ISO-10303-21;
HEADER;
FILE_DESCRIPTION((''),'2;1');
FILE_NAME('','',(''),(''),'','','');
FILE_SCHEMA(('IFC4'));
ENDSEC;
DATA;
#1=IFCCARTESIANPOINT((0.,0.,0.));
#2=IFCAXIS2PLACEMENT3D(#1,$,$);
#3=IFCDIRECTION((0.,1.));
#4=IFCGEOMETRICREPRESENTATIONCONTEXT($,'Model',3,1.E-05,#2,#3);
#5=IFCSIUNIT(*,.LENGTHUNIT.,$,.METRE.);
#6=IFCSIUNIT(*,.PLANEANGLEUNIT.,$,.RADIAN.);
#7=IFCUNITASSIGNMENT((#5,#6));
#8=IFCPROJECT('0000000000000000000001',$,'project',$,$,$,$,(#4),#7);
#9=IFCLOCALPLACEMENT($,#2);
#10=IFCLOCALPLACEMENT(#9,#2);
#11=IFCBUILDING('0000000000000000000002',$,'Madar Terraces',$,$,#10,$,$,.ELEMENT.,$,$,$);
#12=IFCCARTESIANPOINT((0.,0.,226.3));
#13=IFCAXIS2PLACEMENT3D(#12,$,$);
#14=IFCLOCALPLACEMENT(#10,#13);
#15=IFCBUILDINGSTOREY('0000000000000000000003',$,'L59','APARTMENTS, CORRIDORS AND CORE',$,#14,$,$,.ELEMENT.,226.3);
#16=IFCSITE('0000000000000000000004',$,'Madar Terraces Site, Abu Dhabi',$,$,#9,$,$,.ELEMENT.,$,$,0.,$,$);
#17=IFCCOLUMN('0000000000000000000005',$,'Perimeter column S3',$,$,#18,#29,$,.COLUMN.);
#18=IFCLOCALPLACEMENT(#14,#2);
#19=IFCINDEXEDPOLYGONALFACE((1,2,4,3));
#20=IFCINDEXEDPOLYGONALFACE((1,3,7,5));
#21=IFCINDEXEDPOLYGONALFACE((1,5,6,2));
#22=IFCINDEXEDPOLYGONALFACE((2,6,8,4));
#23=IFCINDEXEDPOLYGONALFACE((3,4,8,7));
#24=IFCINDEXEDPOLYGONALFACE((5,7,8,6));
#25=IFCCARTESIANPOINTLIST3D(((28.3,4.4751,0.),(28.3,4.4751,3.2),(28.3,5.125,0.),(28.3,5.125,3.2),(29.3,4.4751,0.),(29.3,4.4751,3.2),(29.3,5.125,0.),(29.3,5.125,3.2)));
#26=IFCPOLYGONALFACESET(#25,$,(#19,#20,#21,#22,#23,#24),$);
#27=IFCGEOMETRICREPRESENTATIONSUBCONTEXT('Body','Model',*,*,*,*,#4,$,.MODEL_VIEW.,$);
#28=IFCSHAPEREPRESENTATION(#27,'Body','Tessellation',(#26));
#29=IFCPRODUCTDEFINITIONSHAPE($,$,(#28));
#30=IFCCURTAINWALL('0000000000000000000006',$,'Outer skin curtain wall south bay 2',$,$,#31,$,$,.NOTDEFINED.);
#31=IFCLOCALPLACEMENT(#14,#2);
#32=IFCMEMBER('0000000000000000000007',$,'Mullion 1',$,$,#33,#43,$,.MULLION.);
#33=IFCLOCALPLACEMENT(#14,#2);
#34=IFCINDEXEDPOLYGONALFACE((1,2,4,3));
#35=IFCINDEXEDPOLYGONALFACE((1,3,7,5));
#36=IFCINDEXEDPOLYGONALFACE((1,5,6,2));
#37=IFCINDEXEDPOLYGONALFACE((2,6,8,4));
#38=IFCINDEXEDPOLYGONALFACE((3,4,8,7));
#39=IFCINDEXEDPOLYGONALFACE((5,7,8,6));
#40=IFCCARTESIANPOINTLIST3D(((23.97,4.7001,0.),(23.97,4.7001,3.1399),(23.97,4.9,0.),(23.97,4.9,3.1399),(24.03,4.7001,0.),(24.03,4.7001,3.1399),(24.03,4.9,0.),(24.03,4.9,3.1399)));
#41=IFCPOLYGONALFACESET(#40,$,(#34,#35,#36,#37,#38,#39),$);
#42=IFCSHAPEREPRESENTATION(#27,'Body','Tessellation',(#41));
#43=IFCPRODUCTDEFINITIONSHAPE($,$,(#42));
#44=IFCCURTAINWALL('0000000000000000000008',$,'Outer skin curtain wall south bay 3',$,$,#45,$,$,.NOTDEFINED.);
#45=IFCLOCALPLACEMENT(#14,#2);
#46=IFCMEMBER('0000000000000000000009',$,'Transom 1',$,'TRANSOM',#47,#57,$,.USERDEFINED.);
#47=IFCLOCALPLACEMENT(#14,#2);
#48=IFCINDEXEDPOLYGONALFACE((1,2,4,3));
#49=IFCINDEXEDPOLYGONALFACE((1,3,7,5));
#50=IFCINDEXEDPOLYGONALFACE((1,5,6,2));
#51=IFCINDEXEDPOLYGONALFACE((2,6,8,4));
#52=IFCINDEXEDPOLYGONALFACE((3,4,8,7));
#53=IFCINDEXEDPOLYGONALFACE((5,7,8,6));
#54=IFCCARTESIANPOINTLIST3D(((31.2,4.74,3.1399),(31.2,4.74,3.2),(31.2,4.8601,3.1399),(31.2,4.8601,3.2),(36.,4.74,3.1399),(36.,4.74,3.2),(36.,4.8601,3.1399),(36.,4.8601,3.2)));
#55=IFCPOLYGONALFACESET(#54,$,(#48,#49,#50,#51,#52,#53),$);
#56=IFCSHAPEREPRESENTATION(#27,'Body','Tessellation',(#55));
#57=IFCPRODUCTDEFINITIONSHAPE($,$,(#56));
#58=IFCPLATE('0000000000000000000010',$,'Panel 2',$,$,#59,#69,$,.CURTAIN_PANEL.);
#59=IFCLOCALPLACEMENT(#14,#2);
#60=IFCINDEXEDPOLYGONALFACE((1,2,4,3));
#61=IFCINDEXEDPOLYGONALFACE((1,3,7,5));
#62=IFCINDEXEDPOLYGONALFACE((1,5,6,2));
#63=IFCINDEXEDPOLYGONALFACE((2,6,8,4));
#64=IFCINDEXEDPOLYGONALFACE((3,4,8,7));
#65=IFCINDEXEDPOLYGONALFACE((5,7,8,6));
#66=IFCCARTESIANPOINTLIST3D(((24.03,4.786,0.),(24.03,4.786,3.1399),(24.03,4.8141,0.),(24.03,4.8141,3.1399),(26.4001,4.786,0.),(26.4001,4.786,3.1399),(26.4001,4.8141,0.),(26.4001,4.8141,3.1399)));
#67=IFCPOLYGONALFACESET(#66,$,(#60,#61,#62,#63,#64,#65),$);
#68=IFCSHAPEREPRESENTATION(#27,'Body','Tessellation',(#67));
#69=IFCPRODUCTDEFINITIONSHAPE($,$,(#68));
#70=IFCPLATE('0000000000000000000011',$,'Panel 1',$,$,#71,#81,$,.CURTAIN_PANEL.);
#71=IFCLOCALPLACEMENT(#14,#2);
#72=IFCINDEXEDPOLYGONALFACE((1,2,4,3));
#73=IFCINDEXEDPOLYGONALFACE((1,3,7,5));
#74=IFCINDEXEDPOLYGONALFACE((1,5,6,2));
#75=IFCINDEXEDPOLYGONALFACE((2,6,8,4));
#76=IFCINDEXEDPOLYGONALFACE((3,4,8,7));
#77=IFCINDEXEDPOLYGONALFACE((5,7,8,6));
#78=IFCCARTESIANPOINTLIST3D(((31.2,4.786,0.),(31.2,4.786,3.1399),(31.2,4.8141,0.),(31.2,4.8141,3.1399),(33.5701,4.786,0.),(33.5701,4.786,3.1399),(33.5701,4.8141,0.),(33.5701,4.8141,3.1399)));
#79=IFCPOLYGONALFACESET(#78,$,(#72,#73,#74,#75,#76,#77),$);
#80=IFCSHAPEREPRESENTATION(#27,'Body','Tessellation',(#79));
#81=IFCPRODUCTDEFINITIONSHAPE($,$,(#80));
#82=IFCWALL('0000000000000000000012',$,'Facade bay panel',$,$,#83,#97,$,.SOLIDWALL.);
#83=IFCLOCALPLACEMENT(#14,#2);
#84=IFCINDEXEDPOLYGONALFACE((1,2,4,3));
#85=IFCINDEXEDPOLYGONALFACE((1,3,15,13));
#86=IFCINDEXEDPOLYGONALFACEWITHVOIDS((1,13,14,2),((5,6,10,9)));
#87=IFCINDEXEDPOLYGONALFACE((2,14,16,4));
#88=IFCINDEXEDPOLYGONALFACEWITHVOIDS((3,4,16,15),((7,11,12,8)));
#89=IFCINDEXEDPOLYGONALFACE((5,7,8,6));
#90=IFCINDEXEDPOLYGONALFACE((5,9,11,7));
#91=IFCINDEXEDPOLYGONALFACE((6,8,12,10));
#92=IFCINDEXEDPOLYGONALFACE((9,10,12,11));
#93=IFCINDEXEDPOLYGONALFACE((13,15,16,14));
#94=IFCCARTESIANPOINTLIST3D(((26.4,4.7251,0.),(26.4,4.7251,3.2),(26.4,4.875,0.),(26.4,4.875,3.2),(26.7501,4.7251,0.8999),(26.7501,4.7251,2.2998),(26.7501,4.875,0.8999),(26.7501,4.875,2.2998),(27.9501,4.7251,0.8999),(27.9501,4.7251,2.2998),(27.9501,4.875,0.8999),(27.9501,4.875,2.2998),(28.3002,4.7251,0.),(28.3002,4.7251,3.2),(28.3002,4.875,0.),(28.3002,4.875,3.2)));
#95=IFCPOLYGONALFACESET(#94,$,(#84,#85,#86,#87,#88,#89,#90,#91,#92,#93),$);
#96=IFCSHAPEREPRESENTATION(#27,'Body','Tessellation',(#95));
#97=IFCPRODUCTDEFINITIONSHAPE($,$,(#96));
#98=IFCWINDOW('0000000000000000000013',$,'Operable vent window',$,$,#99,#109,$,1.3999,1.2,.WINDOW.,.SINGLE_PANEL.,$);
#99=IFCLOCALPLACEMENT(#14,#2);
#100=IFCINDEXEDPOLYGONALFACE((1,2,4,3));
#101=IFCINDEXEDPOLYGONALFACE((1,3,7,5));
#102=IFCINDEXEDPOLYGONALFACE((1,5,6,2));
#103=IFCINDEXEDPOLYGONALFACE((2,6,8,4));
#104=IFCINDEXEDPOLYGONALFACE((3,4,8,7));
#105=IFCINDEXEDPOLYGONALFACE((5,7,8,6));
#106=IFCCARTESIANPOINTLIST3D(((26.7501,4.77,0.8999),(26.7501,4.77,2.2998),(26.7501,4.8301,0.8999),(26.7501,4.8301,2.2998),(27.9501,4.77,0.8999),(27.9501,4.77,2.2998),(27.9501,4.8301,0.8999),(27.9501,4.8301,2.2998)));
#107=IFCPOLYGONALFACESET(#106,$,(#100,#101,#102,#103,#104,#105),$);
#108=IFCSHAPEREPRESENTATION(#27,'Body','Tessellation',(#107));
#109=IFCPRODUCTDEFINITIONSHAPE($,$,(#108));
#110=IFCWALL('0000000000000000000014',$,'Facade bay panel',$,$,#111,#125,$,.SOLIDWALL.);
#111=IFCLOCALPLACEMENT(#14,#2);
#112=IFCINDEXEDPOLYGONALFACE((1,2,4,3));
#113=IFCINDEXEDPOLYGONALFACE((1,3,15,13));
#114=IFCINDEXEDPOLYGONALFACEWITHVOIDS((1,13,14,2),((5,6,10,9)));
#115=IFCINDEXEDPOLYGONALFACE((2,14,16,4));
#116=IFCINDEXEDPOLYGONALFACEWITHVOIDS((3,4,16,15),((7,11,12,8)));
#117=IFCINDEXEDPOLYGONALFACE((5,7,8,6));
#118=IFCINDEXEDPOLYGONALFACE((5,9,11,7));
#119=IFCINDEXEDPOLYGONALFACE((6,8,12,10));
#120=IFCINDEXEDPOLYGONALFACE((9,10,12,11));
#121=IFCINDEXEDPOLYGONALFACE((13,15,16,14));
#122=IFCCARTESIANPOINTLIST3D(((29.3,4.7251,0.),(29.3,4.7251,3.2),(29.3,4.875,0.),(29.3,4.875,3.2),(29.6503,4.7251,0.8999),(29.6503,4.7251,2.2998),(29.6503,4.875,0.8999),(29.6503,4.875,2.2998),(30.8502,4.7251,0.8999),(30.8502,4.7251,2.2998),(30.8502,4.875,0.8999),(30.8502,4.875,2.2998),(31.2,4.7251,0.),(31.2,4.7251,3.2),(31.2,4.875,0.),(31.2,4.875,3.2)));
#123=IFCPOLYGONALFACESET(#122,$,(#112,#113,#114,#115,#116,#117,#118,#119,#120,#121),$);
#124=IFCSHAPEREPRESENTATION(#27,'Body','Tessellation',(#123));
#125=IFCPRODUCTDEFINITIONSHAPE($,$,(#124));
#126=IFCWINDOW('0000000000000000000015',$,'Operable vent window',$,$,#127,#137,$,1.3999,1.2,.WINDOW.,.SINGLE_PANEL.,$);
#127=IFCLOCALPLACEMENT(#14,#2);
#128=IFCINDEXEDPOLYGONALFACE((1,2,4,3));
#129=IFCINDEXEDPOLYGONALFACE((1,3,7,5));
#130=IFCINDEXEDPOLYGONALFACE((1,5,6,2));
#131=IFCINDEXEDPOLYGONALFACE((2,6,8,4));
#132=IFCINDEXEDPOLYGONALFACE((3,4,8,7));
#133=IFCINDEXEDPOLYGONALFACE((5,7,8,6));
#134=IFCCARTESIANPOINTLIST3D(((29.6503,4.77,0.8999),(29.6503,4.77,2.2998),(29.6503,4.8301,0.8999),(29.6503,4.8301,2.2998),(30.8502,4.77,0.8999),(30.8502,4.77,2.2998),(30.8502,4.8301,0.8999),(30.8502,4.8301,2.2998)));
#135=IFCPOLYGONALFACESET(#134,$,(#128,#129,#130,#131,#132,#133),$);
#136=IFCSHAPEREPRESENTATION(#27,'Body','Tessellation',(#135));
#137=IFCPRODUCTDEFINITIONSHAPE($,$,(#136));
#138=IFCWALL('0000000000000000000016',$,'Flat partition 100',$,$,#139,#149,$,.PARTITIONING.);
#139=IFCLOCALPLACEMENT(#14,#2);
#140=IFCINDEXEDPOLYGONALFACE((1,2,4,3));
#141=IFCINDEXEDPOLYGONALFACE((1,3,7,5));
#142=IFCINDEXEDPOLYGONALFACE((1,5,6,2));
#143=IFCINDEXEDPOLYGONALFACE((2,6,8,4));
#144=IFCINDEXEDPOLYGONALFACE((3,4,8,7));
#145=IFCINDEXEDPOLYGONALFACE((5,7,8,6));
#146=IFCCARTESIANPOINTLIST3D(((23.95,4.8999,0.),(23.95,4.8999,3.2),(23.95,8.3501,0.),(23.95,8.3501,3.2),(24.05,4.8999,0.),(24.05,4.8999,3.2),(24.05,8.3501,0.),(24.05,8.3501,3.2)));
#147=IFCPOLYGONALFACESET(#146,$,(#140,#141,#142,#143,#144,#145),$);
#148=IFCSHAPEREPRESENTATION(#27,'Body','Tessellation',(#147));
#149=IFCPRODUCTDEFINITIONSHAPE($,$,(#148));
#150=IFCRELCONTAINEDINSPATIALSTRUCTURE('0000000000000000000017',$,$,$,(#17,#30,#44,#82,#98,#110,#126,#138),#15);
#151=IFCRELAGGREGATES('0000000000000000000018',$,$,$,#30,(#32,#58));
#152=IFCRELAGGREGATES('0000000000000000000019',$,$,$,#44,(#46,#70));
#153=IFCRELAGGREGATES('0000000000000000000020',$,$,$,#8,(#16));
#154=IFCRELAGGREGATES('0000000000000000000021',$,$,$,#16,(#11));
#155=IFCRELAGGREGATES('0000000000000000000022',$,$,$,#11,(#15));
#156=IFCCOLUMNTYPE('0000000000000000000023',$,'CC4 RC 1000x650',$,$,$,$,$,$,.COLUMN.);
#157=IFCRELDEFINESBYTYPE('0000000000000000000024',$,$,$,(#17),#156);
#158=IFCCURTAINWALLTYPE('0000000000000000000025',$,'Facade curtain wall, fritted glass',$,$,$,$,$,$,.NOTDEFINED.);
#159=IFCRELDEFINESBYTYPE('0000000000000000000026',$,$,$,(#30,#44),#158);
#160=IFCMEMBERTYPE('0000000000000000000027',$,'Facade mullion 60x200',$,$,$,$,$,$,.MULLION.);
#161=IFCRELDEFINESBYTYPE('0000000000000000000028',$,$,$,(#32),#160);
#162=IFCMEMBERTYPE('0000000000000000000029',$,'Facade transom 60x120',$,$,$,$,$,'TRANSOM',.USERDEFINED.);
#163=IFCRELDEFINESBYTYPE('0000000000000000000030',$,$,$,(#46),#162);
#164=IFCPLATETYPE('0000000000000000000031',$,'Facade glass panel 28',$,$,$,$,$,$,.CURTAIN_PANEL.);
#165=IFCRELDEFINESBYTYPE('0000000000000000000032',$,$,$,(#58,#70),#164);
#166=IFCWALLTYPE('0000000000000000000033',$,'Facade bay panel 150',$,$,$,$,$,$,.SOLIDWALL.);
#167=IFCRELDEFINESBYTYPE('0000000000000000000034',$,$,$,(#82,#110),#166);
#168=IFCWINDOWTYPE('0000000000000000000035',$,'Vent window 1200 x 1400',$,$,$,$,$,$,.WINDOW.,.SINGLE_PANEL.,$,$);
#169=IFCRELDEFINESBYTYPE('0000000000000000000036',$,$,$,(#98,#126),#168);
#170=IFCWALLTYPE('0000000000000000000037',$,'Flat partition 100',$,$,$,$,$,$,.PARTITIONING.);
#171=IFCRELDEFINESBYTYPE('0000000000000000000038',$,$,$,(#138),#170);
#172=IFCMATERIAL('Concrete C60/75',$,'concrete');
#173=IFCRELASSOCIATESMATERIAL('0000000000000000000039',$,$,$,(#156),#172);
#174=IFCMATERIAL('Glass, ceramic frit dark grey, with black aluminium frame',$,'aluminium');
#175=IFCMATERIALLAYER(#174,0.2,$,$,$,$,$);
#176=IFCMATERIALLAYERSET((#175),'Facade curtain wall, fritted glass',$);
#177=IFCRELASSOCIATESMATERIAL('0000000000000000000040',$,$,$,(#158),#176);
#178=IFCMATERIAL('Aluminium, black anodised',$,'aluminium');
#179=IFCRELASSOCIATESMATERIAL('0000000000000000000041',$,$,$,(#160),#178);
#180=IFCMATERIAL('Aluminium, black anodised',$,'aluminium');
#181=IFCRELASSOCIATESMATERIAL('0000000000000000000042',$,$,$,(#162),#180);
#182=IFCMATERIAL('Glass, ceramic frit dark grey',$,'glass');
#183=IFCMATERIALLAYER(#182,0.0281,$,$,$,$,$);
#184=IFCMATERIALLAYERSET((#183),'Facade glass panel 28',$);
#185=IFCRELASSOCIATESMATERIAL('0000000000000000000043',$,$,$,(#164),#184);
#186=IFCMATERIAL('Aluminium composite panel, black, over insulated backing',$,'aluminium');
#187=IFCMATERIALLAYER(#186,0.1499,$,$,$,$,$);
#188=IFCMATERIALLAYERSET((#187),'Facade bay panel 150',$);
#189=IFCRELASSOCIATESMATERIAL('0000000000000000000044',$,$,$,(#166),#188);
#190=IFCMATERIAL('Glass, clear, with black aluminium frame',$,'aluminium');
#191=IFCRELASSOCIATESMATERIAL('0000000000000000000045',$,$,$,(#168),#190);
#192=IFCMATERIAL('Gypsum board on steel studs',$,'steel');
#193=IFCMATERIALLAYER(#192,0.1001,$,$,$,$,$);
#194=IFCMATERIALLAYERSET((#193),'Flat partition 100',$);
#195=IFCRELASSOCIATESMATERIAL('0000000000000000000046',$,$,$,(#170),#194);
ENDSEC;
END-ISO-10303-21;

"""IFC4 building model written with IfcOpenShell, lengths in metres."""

from ifc_helpers import new_model, si_unit, direction, frame, frame_2d, origin, origin_2d, place, context, subcontext, project, spatial, rectangle, extrude, material, layer, layer_set, material_profile, profile_set, type_object, element, fill, aggregate, save


model = new_model("IFC4")

# Units and contexts
model_context = context("Model", 3, precision=1e-05, world=origin(), true_north=direction((0.0, 1.0)))
body_context = subcontext(model_context, "Body", "Model", "MODEL_VIEW")
ifc_project = project(units=[si_unit("LENGTHUNIT", "METRE"), si_unit("PLANEANGLEUNIT", "RADIAN")], contexts=[model_context])

# Site, building, storey
site_placement = place(None, origin())
site = spatial("IfcSite", under=ifc_project, at=site_placement, Name="Madar Terraces Site, Abu Dhabi", CompositionType="ELEMENT", RefElevation=0.0)
building_placement = place(site_placement, origin())
building = spatial("IfcBuilding", under=site, at=building_placement, Name="Madar Terraces", CompositionType="ELEMENT")
storey_placement = place(building_placement, frame((0.0, 0.0, 226.3)))
storey = spatial("IfcBuildingStorey", under=building, at=storey_placement, Name="L59", Description="APARTMENTS, CORRIDORS AND CORE", CompositionType="ELEMENT", Elevation=226.3)

# Column
ifc_material_1 = material(Name="Concrete C60/75", Category="concrete")
ifc_material_profile_1 = material_profile(ifc_material_1, rectangle(XDim=1.0, YDim=0.6499, at=origin_2d()), Name="CC4 RC 1000x650")
ifc_profile_set_1 = profile_set([ifc_material_profile_1], Name="Concrete C60/75")
column_type = type_object("IfcColumnType", Name="CC4 RC 1000x650", PredefinedType="COLUMN", material=ifc_profile_set_1)
column_placement = place(storey_placement, frame((28.8, 4.8, 0.0), z_axis=(0.0, 0.0, 1.0), x_axis=(1.0, 0.0, 0.0)))
element("IfcColumn", 1, at=column_placement, inside=storey, type_object=column_type, Name="Perimeter column S3", PredefinedType="COLUMN", context=body_context, shape_type="SweptSolid", body=[
    extrude(rectangle(XDim=1.0, YDim=0.6499, at=origin_2d()), origin(), (0.0, 0.0, 1.0), 3.2),
])

# Curtain walls, members
ifc_material_2 = material(Name="Glass, ceramic frit dark grey, with black aluminium frame", Category="aluminium")
ifc_layer_1 = layer(ifc_material_2, 0.2)
ifc_layer_set_1 = layer_set([ifc_layer_1], Name="Facade curtain wall, fritted glass")
curtain_wall_type = type_object("IfcCurtainWallType", Name="Facade curtain wall, fritted glass", PredefinedType="NOTDEFINED", material=ifc_layer_set_1)
curtain_wall_1_placement = place(storey_placement, origin())
curtain_wall_1 = element("IfcCurtainWall", 2, at=curtain_wall_1_placement, inside=storey, type_object=curtain_wall_type, Name="Outer skin curtain wall south bay 2", PredefinedType="NOTDEFINED")
ifc_material_3 = material(Name="Aluminium, black anodised", Category="aluminium")
ifc_material_profile_2 = material_profile(ifc_material_3, rectangle(XDim=0.2, YDim=0.0601, at=origin_2d()), Name="Facade mullion 60x200")
ifc_profile_set_2 = profile_set([ifc_material_profile_2], Name="Aluminium, black anodised")
member_type_1 = type_object("IfcMemberType", Name="Facade mullion 60x200", PredefinedType="MULLION", material=ifc_profile_set_2)
member_1_placement = place(storey_placement, frame((24.0, 4.8, 0.0), z_axis=(0.0, 0.0, 1.0), x_axis=(0.0, 1.0, 0.0)))
member_1 = element("IfcMember", 3, at=member_1_placement, type_object=member_type_1, Name="Mullion 1", PredefinedType="MULLION", context=body_context, shape_type="SweptSolid", body=[
    extrude(rectangle(XDim=0.2, YDim=0.0601, at=origin_2d()), origin(), (0.0, 0.0, 1.0), 3.1399),
])
curtain_wall_2_placement = place(storey_placement, origin())
curtain_wall_2 = element("IfcCurtainWall", 4, at=curtain_wall_2_placement, inside=storey, type_object=curtain_wall_type, Name="Outer skin curtain wall south bay 3", PredefinedType="NOTDEFINED")
ifc_material_4 = material(Name="Aluminium, black anodised", Category="aluminium")
ifc_material_profile_3 = material_profile(ifc_material_4, rectangle(XDim=0.1201, YDim=0.0601, at=origin_2d()), Name="Facade transom 60x120")
ifc_profile_set_3 = profile_set([ifc_material_profile_3], Name="Aluminium, black anodised")
member_type_2 = type_object("IfcMemberType", Name="Facade transom 60x120", ElementType="TRANSOM", PredefinedType="USERDEFINED", material=ifc_profile_set_3)
member_2_placement = place(storey_placement, frame((31.2, 4.8, 3.1699), z_axis=(1.0, 0.0, 0.0), x_axis=(0.0, 1.0, 0.0)))
member_2 = element("IfcMember", 5, at=member_2_placement, type_object=member_type_2, Name="Transom 1", ObjectType="TRANSOM", PredefinedType="USERDEFINED", context=body_context, shape_type="SweptSolid", body=[
    extrude(rectangle(XDim=0.1201, YDim=0.0601, at=origin_2d()), origin(), (0.0, 0.0, 1.0), 4.8),
])

# Plates
ifc_material_5 = material(Name="Glass, ceramic frit dark grey", Category="glass")
ifc_layer_2 = layer(ifc_material_5, 0.0281)
ifc_layer_set_2 = layer_set([ifc_layer_2], Name="Facade glass panel 28")
plate_type = type_object("IfcPlateType", Name="Facade glass panel 28", PredefinedType="CURTAIN_PANEL", material=ifc_layer_set_2)
plate_1_placement = place(storey_placement, frame((25.2151, 4.8, 0.0), z_axis=(0.0, 0.0, 1.0), x_axis=(1.0, 0.0, 0.0)))
plate_1 = element("IfcPlate", 6, at=plate_1_placement, type_object=plate_type, Name="Panel 2", PredefinedType="CURTAIN_PANEL", context=body_context, shape_type="SweptSolid", body=[
    extrude(rectangle(XDim=2.3701, YDim=0.0281, at=origin_2d()), origin(), (0.0, 0.0, 1.0), 3.1399),
])
aggregate(curtain_wall_1, [member_1, plate_1])
plate_2_placement = place(storey_placement, frame((32.385, 4.8, 0.0), z_axis=(0.0, 0.0, 1.0), x_axis=(1.0, 0.0, 0.0)))
plate_2 = element("IfcPlate", 7, at=plate_2_placement, type_object=plate_type, Name="Panel 1", PredefinedType="CURTAIN_PANEL", context=body_context, shape_type="SweptSolid", body=[
    extrude(rectangle(XDim=2.3701, YDim=0.0281, at=origin_2d()), origin(), (0.0, 0.0, 1.0), 3.1399),
])
aggregate(curtain_wall_2, [member_2, plate_2])

# Walls, openings, windows
ifc_material_6 = material(Name="Aluminium composite panel, black, over insulated backing", Category="aluminium")
ifc_layer_3 = layer(ifc_material_6, 0.1499)
ifc_layer_set_3 = layer_set([ifc_layer_3], Name="Facade bay panel 150")
wall_type_1 = type_object("IfcWallType", Name="Facade bay panel 150", PredefinedType="SOLIDWALL", material=ifc_layer_set_3)
wall_1_placement = place(storey_placement, frame((26.3999, 4.8, 0.0), z_axis=(0.0, 0.0, 1.0), x_axis=(1.0, 0.0, 0.0)))
wall_1 = element("IfcWall", 8, at=wall_1_placement, inside=storey, type_object=wall_type_1, Name="Facade bay panel", PredefinedType="SOLIDWALL", context=body_context, shape_type="SweptSolid", body=[
    extrude(rectangle(XDim=1.9001, YDim=0.1499, at=frame_2d((0.9502, 0.0))), origin(), (0.0, 0.0, 1.0), 3.2),
])
opening_1_placement = place(wall_1_placement, frame((0.3501, 0.0, 0.8999)))
opening_1 = element("IfcOpeningElement", 9, at=opening_1_placement, cuts=wall_1, PredefinedType="OPENING", context=body_context, shape_type="SweptSolid", body=[
    extrude(rectangle(XDim=1.2, YDim=1.3999, at=frame_2d((0.6001, 0.7))), frame((0.0, 0.085, 0.0), z_axis=(0.0, -1.0, 0.0), x_axis=(1.0, 0.0, 0.0)), (0.0, 0.0, 1.0), 0.1699),
])
ifc_material_7 = material(Name="Glass, clear, with black aluminium frame", Category="aluminium")
window_type = type_object("IfcWindowType", Name="Vent window 1200 x 1400", PartitioningType="SINGLE_PANEL", PredefinedType="WINDOW", material=ifc_material_7)
window_1_placement = place(opening_1_placement, origin())
window_1 = element("IfcWindow", 10, at=window_1_placement, inside=storey, type_object=window_type, Name="Operable vent window", OverallHeight=1.3999, OverallWidth=1.2, PartitioningType="SINGLE_PANEL", PredefinedType="WINDOW", context=body_context, shape_type="SweptSolid", body=[
    extrude(rectangle(XDim=1.2, YDim=1.3999, at=frame_2d((0.6001, 0.7))), frame((0.0, 0.03, 0.0), z_axis=(0.0, -1.0, 0.0), x_axis=(1.0, 0.0, 0.0)), (0.0, 0.0, 1.0), 0.0601),
])
fill(opening_1, window_1)
wall_2_placement = place(storey_placement, frame((29.3, 4.8, 0.0), z_axis=(0.0, 0.0, 1.0), x_axis=(1.0, 0.0, 0.0)))
wall_2 = element("IfcWall", 11, at=wall_2_placement, inside=storey, type_object=wall_type_1, Name="Facade bay panel", PredefinedType="SOLIDWALL", context=body_context, shape_type="SweptSolid", body=[
    extrude(rectangle(XDim=1.8999, YDim=0.1499, at=frame_2d((0.95, 0.0))), origin(), (0.0, 0.0, 1.0), 3.2),
])
opening_2_placement = place(wall_2_placement, frame((0.3501, 0.0, 0.8999)))
opening_2 = element("IfcOpeningElement", 12, at=opening_2_placement, cuts=wall_2, PredefinedType="OPENING", context=body_context, shape_type="SweptSolid", body=[
    extrude(rectangle(XDim=1.2, YDim=1.3999, at=frame_2d((0.6001, 0.7))), frame((0.0, 0.085, 0.0), z_axis=(0.0, -1.0, 0.0), x_axis=(1.0, 0.0, 0.0)), (0.0, 0.0, 1.0), 0.1699),
])
window_2_placement = place(opening_2_placement, origin())
window_2 = element("IfcWindow", 13, at=window_2_placement, inside=storey, type_object=window_type, Name="Operable vent window", OverallHeight=1.3999, OverallWidth=1.2, PartitioningType="SINGLE_PANEL", PredefinedType="WINDOW", context=body_context, shape_type="SweptSolid", body=[
    extrude(rectangle(XDim=1.2, YDim=1.3999, at=frame_2d((0.6001, 0.7))), frame((0.0, 0.03, 0.0), z_axis=(0.0, -1.0, 0.0), x_axis=(1.0, 0.0, 0.0)), (0.0, 0.0, 1.0), 0.0601),
])
fill(opening_2, window_2)

# Wall
ifc_material_8 = material(Name="Gypsum board on steel studs", Category="steel")
ifc_layer_4 = layer(ifc_material_8, 0.1001)
ifc_layer_set_4 = layer_set([ifc_layer_4], Name="Flat partition 100")
wall_type_2 = type_object("IfcWallType", Name="Flat partition 100", PredefinedType="PARTITIONING", material=ifc_layer_set_4)
wall_3_placement = place(storey_placement, frame((24.0, 8.3501, 0.0), z_axis=(0.0, 0.0, 1.0), x_axis=(0.0, -1.0, 0.0)))
element("IfcWall", 14, at=wall_3_placement, inside=storey, type_object=wall_type_2, Name="Flat partition 100", PredefinedType="PARTITIONING", context=body_context, shape_type="SweptSolid", body=[
    extrude(rectangle(XDim=3.4502, YDim=0.1001, at=frame_2d((1.7251, 0.0))), origin(), (0.0, 0.0, 1.0), 3.2),
])

save(model, "model.ifc")
